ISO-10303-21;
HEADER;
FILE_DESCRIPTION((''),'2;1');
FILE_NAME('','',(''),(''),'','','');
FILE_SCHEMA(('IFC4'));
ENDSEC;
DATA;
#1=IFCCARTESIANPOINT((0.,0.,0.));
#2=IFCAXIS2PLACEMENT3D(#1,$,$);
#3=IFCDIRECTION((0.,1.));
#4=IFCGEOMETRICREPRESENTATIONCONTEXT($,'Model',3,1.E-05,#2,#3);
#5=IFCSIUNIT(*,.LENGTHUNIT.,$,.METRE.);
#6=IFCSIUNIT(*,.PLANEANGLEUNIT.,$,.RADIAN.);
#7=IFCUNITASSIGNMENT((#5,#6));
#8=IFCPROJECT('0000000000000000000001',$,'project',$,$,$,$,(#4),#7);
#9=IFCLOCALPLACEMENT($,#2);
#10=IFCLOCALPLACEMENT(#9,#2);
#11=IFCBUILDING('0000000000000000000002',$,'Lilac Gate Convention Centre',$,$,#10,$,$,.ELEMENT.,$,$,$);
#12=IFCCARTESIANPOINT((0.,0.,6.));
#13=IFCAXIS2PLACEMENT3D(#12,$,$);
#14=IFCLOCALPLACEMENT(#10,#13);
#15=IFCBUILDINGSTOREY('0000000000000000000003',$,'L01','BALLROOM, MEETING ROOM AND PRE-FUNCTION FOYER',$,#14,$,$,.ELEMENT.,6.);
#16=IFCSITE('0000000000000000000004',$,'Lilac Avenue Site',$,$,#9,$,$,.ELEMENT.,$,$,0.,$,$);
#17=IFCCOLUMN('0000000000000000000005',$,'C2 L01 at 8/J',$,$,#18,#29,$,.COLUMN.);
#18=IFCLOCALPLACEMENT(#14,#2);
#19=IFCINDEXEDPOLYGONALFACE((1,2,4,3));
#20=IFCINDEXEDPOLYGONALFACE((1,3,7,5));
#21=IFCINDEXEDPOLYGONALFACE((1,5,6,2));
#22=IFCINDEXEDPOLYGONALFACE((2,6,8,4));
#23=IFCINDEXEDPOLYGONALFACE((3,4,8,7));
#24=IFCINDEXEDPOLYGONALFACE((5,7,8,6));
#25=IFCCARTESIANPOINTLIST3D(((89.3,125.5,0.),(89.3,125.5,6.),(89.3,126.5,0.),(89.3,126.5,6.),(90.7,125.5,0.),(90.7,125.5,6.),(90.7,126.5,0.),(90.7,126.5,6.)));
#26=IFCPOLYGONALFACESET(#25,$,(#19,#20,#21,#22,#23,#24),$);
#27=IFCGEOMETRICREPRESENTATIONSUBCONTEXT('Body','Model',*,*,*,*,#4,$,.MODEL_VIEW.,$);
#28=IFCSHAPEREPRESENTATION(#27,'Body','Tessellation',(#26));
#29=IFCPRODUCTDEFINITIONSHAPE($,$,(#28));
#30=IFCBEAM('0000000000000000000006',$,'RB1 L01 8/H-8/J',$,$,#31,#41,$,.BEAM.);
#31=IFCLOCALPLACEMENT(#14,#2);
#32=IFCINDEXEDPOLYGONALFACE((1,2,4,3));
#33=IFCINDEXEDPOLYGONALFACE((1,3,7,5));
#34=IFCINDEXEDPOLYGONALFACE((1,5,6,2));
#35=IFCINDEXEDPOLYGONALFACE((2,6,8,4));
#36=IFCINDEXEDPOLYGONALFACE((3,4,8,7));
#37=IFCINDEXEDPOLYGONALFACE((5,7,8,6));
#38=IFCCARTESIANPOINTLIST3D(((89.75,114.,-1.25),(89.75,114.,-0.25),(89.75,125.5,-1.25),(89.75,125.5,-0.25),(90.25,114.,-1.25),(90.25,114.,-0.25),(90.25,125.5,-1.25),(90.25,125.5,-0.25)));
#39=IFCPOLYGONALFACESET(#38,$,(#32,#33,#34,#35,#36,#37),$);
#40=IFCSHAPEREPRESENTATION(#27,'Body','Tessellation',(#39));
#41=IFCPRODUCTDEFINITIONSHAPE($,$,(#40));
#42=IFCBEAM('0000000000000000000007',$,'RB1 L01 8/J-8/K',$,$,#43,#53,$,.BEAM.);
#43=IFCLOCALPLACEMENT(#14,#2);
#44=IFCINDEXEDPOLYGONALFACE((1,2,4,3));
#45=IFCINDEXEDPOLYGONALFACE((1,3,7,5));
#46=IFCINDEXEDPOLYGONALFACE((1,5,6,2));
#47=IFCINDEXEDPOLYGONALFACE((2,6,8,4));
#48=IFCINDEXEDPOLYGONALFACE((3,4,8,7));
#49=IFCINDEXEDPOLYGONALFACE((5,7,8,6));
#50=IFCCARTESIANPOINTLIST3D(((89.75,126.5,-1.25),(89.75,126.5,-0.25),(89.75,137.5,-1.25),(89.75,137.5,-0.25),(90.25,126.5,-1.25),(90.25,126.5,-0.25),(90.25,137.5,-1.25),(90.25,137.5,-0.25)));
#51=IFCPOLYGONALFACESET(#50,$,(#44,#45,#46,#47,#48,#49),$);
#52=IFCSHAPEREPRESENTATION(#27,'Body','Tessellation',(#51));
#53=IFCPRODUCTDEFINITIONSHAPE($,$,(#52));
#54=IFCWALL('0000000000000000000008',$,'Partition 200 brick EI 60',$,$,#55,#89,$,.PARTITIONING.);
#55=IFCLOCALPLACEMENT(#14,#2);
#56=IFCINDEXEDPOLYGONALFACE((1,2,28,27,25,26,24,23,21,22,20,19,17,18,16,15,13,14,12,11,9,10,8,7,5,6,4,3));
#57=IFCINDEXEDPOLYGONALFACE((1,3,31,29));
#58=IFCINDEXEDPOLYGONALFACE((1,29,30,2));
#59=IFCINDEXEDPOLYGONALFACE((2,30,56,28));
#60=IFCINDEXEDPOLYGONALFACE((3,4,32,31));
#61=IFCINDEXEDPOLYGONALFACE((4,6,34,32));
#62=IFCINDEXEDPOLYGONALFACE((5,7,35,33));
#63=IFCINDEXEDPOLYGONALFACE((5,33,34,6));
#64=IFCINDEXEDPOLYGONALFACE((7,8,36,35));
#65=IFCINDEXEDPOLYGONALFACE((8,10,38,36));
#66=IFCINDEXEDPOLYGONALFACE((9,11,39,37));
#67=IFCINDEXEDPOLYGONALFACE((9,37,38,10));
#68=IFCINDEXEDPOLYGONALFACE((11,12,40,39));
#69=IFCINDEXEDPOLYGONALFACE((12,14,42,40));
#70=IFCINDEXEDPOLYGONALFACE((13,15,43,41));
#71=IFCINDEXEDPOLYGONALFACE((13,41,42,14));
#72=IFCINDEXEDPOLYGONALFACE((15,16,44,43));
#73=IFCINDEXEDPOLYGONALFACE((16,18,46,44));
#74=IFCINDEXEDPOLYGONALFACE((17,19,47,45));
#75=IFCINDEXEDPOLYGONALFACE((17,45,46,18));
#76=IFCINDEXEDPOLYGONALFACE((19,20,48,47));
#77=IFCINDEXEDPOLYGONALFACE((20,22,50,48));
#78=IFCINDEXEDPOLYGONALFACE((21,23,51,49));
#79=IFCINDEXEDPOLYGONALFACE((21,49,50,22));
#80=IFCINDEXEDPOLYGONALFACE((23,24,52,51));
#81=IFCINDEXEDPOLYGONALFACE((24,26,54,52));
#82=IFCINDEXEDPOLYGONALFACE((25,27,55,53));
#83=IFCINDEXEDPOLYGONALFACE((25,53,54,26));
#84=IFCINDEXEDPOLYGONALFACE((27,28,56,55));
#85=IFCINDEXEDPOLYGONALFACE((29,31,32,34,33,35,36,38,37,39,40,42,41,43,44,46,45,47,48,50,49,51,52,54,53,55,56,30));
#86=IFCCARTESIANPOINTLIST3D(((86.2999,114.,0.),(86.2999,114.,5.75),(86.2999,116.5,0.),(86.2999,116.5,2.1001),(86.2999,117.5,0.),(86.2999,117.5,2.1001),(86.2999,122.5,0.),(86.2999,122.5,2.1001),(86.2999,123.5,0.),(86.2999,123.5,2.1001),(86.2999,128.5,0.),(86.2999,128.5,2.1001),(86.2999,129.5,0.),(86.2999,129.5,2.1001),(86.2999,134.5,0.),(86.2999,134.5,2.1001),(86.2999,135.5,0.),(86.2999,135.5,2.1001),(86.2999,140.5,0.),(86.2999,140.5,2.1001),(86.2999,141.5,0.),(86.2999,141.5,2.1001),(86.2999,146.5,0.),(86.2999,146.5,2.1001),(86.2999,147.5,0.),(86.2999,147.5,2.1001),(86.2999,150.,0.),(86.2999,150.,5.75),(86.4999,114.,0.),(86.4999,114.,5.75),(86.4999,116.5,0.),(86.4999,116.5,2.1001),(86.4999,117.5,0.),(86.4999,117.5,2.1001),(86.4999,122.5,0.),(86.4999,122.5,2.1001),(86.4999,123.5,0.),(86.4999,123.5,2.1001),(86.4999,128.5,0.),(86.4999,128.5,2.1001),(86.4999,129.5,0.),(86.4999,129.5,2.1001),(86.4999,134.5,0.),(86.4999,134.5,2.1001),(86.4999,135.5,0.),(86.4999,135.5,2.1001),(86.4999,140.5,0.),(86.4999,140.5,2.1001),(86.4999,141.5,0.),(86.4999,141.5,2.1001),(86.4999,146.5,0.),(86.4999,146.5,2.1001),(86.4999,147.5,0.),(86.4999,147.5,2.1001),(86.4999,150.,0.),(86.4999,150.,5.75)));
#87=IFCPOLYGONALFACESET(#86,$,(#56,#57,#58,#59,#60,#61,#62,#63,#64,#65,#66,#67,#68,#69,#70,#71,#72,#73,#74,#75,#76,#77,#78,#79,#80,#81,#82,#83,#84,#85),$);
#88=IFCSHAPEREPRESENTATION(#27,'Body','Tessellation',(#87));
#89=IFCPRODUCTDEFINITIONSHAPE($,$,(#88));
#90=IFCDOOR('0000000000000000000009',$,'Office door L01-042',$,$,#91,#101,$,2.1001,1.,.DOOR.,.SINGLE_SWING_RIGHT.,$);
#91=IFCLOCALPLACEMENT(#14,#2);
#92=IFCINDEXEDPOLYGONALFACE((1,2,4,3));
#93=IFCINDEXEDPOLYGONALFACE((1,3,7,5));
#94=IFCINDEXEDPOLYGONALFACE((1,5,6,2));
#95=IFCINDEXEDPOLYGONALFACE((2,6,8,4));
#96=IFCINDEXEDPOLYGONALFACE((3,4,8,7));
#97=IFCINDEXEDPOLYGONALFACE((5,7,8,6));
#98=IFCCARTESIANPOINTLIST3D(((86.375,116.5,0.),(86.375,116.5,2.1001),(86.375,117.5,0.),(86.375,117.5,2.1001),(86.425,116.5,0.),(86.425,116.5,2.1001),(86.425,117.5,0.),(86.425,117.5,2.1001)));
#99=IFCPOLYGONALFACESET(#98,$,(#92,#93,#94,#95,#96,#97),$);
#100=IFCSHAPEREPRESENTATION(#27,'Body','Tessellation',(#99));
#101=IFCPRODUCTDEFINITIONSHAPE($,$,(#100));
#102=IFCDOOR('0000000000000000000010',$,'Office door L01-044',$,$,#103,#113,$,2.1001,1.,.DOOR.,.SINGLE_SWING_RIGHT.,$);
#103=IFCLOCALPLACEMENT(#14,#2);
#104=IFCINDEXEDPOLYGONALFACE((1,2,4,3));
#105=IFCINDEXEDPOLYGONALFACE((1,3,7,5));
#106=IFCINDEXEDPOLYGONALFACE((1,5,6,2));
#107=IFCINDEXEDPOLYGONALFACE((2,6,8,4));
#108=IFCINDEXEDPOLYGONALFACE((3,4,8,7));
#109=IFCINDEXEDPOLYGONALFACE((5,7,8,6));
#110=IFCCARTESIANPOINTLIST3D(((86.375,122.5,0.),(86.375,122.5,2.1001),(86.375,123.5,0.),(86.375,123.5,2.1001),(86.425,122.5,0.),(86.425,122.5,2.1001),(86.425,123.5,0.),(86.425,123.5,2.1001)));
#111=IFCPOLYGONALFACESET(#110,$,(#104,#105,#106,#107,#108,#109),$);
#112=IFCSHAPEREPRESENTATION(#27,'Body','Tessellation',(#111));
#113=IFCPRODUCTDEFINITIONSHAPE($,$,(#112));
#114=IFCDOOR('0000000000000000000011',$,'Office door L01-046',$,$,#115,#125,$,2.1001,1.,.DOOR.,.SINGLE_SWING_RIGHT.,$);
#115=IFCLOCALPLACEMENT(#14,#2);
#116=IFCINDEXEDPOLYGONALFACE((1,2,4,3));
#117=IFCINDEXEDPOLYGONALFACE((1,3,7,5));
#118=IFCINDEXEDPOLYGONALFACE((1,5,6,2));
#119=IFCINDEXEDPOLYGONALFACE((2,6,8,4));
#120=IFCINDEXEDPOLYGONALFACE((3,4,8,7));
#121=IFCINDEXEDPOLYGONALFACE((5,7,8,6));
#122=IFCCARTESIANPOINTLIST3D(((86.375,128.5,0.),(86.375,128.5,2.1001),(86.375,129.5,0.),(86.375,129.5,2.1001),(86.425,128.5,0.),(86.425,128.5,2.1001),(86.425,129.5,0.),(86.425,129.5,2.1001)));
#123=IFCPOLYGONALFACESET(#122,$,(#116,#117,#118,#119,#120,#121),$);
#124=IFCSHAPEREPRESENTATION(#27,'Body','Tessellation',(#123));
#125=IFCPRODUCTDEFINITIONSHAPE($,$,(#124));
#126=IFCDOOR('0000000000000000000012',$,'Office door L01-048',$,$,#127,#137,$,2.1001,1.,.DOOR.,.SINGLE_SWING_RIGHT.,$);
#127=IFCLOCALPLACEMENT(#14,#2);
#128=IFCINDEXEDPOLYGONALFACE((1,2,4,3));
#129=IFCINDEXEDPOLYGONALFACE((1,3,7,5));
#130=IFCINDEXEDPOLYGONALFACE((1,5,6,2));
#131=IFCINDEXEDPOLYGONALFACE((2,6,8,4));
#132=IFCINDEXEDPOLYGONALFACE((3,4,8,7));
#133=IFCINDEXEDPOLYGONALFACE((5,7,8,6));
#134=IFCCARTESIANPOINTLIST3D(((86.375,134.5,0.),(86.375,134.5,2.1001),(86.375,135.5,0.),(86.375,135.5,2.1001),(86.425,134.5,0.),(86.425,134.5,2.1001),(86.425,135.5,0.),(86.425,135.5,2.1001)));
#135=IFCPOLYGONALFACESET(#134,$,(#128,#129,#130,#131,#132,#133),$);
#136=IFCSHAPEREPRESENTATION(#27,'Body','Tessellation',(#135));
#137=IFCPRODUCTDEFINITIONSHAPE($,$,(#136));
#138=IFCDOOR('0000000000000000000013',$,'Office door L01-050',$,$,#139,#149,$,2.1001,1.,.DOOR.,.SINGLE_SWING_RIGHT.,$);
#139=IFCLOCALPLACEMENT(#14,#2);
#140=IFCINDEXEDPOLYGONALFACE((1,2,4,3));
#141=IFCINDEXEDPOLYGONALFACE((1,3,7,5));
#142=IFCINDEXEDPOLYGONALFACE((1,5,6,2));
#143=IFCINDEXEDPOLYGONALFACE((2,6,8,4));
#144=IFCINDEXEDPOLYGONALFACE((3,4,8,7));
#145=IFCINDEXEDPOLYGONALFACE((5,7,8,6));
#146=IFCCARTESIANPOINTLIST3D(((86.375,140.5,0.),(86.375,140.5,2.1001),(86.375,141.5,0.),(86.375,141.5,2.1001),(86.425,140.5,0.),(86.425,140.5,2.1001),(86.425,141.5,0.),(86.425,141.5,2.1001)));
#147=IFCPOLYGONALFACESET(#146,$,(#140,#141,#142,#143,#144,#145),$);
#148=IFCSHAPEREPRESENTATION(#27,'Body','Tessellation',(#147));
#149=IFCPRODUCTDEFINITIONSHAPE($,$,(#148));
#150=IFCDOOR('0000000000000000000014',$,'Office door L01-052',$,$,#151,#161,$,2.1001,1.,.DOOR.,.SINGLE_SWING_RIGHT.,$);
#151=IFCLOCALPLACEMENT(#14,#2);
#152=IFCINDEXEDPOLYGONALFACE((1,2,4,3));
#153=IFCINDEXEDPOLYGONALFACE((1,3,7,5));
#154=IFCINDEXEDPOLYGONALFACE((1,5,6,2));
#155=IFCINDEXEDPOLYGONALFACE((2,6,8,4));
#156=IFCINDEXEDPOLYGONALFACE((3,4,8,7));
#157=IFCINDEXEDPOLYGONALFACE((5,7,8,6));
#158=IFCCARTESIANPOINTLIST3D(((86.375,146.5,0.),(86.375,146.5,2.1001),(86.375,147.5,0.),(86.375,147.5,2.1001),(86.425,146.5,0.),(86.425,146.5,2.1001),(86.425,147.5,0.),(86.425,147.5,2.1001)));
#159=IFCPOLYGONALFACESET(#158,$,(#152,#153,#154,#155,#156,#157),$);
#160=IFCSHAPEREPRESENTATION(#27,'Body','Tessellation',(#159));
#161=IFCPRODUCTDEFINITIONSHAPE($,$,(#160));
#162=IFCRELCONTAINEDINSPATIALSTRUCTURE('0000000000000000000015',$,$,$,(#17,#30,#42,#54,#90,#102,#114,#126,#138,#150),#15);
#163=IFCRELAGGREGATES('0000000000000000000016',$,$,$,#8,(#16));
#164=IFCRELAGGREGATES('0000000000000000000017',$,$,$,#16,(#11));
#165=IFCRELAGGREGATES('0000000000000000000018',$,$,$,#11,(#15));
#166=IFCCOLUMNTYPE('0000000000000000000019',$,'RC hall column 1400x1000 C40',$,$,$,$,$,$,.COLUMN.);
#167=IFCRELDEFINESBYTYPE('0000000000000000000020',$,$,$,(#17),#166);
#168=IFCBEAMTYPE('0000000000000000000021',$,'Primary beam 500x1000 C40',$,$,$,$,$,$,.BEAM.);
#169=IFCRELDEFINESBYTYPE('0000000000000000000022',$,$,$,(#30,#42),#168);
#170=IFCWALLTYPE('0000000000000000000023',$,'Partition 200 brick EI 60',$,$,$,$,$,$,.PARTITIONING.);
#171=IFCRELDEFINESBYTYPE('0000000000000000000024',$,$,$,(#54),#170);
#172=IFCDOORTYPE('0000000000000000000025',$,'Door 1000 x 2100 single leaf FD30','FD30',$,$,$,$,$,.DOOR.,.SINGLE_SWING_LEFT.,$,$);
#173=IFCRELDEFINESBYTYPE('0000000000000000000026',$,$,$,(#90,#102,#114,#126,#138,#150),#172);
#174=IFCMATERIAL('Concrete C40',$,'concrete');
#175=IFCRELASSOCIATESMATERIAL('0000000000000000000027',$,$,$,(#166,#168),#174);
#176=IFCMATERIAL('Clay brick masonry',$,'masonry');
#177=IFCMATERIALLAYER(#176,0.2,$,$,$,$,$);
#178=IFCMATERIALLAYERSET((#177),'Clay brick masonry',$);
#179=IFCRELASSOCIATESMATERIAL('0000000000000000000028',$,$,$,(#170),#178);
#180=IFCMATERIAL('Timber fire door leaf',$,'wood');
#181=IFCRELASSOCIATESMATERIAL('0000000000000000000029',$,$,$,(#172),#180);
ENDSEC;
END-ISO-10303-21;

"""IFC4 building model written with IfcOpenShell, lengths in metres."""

from ifc_helpers import new_model, si_unit, direction, frame, frame_2d, origin, origin_2d, place, context, subcontext, project, spatial, rectangle, extrude, material, layer, layer_set, material_profile, profile_set, type_object, element, fill, save


model = new_model("IFC4")

# Units and contexts
model_context = context("Model", 3, precision=1e-05, world=origin(), true_north=direction((0.0, 1.0)))
body_context = subcontext(model_context, "Body", "Model", "MODEL_VIEW")
ifc_project = project(units=[si_unit("LENGTHUNIT", "METRE"), si_unit("PLANEANGLEUNIT", "RADIAN")], contexts=[model_context])

# Site, building, storey
site_placement = place(None, origin())
site = spatial("IfcSite", under=ifc_project, at=site_placement, Name="Lilac Avenue Site", CompositionType="ELEMENT", RefElevation=0.0)
building_placement = place(site_placement, origin())
building = spatial("IfcBuilding", under=site, at=building_placement, Name="Lilac Gate Convention Centre", CompositionType="ELEMENT")
storey_placement = place(building_placement, frame((0.0, 0.0, 6.0)))
storey = spatial("IfcBuildingStorey", under=building, at=storey_placement, Name="L01", Description="BALLROOM, MEETING ROOM AND PRE-FUNCTION FOYER", CompositionType="ELEMENT", Elevation=6.0)

# Column
ifc_material_1 = material(Name="Concrete C40", Category="concrete")
ifc_material_profile_1 = material_profile(ifc_material_1, rectangle(XDim=1.3999, YDim=1.0, at=origin_2d()), Name="RC 1400x1000")
ifc_profile_set_1 = profile_set([ifc_material_profile_1], Name="Concrete C40")
column_type = type_object("IfcColumnType", Name="RC hall column 1400x1000 C40", PredefinedType="COLUMN", material=ifc_profile_set_1)
column_placement = place(storey_placement, frame((90.0, 126.0, 0.0), z_axis=(0.0, 0.0, 1.0), x_axis=(1.0, 0.0, 0.0)))
element("IfcColumn", 1, at=column_placement, inside=storey, type_object=column_type, Name="C2 L01 at 8/J", PredefinedType="COLUMN", context=body_context, shape_type="SweptSolid", body=[
    extrude(rectangle(XDim=1.3999, YDim=1.0, at=origin_2d()), origin(), (0.0, 0.0, 1.0), 6.0),
])

# Beams
ifc_material_profile_2 = material_profile(ifc_material_1, rectangle(XDim=0.5, YDim=1.0, at=origin_2d()), Name="RC 500x1000")
ifc_profile_set_2 = profile_set([ifc_material_profile_2], Name="Concrete C40")
beam_type = type_object("IfcBeamType", Name="Primary beam 500x1000 C40", PredefinedType="BEAM", material=ifc_profile_set_2)
beam_1_placement = place(storey_placement, frame((90.0, 114.0, -0.75), z_axis=(0.0, 1.0, 0.0), x_axis=(-1.0, 0.0, 0.0)))
element("IfcBeam", 2, at=beam_1_placement, inside=storey, type_object=beam_type, Name="RB1 L01 8/H-8/J", PredefinedType="BEAM", context=body_context, shape_type="SweptSolid", body=[
    extrude(rectangle(XDim=0.5, YDim=1.0, at=origin_2d()), origin(), (0.0, 0.0, 1.0), 11.5),
])
beam_2_placement = place(storey_placement, frame((90.0, 126.5, -0.75), z_axis=(0.0, 1.0, 0.0), x_axis=(-1.0, 0.0, 0.0)))
element("IfcBeam", 3, at=beam_2_placement, inside=storey, type_object=beam_type, Name="RB1 L01 8/J-8/K", PredefinedType="BEAM", context=body_context, shape_type="SweptSolid", body=[
    extrude(rectangle(XDim=0.5, YDim=1.0, at=origin_2d()), origin(), (0.0, 0.0, 1.0), 11.0),
])

# Wall, openings, doors
ifc_material_2 = material(Name="Clay brick masonry", Category="masonry")
ifc_layer_1 = layer(ifc_material_2, 0.2)
ifc_layer_set_1 = layer_set([ifc_layer_1], Name="Clay brick masonry")
wall_type_1 = type_object("IfcWallType", Name="Partition 200 brick EI 60", PredefinedType="PARTITIONING", material=ifc_layer_set_1)
wall_1_placement = place(storey_placement, frame((86.3999, 114.0, 0.0), z_axis=(0.0, 0.0, 1.0), x_axis=(0.0, 1.0, 0.0)))
wall_1 = element("IfcWall", 4, at=wall_1_placement, inside=storey, type_object=wall_type_1, Name="Partition 200 brick EI 60", PredefinedType="PARTITIONING", context=body_context, shape_type="SweptSolid", body=[
    extrude(rectangle(XDim=36.0, YDim=0.2, at=frame_2d((18.0, 0.0))), origin(), (0.0, 0.0, 1.0), 5.75),
])
opening_1_placement = place(wall_1_placement, frame((2.5, 0.0, 0.0)))
opening_1 = element("IfcOpeningElement", 5, at=opening_1_placement, cuts=wall_1, PredefinedType="OPENING", context=body_context, shape_type="SweptSolid", body=[
    extrude(rectangle(XDim=1.0, YDim=2.1001, at=frame_2d((0.5, 1.05))), frame((0.0, 0.1099, 0.0), z_axis=(0.0, -1.0, 0.0), x_axis=(1.0, 0.0, 0.0)), (0.0, 0.0, 1.0), 0.22),
])
opening_2_placement = place(wall_1_placement, frame((8.5, 0.0, 0.0)))
opening_2 = element("IfcOpeningElement", 6, at=opening_2_placement, cuts=wall_1, PredefinedType="OPENING", context=body_context, shape_type="SweptSolid", body=[
    extrude(rectangle(XDim=1.0, YDim=2.1001, at=frame_2d((0.5, 1.05))), frame((0.0, 0.1099, 0.0), z_axis=(0.0, -1.0, 0.0), x_axis=(1.0, 0.0, 0.0)), (0.0, 0.0, 1.0), 0.22),
])
opening_3_placement = place(wall_1_placement, frame((14.5, 0.0, 0.0)))
opening_3 = element("IfcOpeningElement", 7, at=opening_3_placement, cuts=wall_1, PredefinedType="OPENING", context=body_context, shape_type="SweptSolid", body=[
    extrude(rectangle(XDim=1.0, YDim=2.1001, at=frame_2d((0.5, 1.05))), frame((0.0, 0.1099, 0.0), z_axis=(0.0, -1.0, 0.0), x_axis=(1.0, 0.0, 0.0)), (0.0, 0.0, 1.0), 0.22),
])
opening_4_placement = place(wall_1_placement, frame((20.5, 0.0, 0.0)))
opening_4 = element("IfcOpeningElement", 8, at=opening_4_placement, cuts=wall_1, PredefinedType="OPENING", context=body_context, shape_type="SweptSolid", body=[
    extrude(rectangle(XDim=1.0, YDim=2.1001, at=frame_2d((0.5, 1.05))), frame((0.0, 0.1099, 0.0), z_axis=(0.0, -1.0, 0.0), x_axis=(1.0, 0.0, 0.0)), (0.0, 0.0, 1.0), 0.22),
])
opening_5_placement = place(wall_1_placement, frame((26.5, 0.0, 0.0)))
opening_5 = element("IfcOpeningElement", 9, at=opening_5_placement, cuts=wall_1, PredefinedType="OPENING", context=body_context, shape_type="SweptSolid", body=[
    extrude(rectangle(XDim=1.0, YDim=2.1001, at=frame_2d((0.5, 1.05))), frame((0.0, 0.1099, 0.0), z_axis=(0.0, -1.0, 0.0), x_axis=(1.0, 0.0, 0.0)), (0.0, 0.0, 1.0), 0.22),
])
opening_6_placement = place(wall_1_placement, frame((32.5, 0.0, 0.0)))
opening_6 = element("IfcOpeningElement", 10, at=opening_6_placement, cuts=wall_1, PredefinedType="OPENING", context=body_context, shape_type="SweptSolid", body=[
    extrude(rectangle(XDim=1.0, YDim=2.1001, at=frame_2d((0.5, 1.05))), frame((0.0, 0.1099, 0.0), z_axis=(0.0, -1.0, 0.0), x_axis=(1.0, 0.0, 0.0)), (0.0, 0.0, 1.0), 0.22),
])
ifc_material_3 = material(Name="Timber fire door leaf", Category="wood")
door_type_1 = type_object("IfcDoorType", Name="Door 1000 x 2100 single leaf FD30", Description="FD30", OperationType="SINGLE_SWING_LEFT", PredefinedType="DOOR", material=ifc_material_3)
door_1_placement = place(opening_1_placement, origin())
door_1 = element("IfcDoor", 11, at=door_1_placement, inside=storey, type_object=door_type_1, Name="Office door L01-042", OperationType="SINGLE_SWING_RIGHT", OverallHeight=2.1001, OverallWidth=1.0, PredefinedType="DOOR", context=body_context, shape_type="SweptSolid", body=[
    extrude(rectangle(XDim=1.0, YDim=2.1001, at=frame_2d((0.5, 1.05))), frame((0.0, 0.0249, 0.0), z_axis=(0.0, -1.0, 0.0), x_axis=(1.0, 0.0, 0.0)), (0.0, 0.0, 1.0), 0.05),
])
fill(opening_1, door_1)
door_2_placement = place(opening_2_placement, origin())
door_2 = element("IfcDoor", 12, at=door_2_placement, inside=storey, type_object=door_type_1, Name="Office door L01-044", OperationType="SINGLE_SWING_RIGHT", OverallHeight=2.1001, OverallWidth=1.0, PredefinedType="DOOR", context=body_context, shape_type="SweptSolid", body=[
    extrude(rectangle(XDim=1.0, YDim=2.1001, at=frame_2d((0.5, 1.05))), frame((0.0, 0.0249, 0.0), z_axis=(0.0, -1.0, 0.0), x_axis=(1.0, 0.0, 0.0)), (0.0, 0.0, 1.0), 0.05),
])
fill(opening_2, door_2)
door_3_placement = place(opening_3_placement, origin())
door_3 = element("IfcDoor", 13, at=door_3_placement, inside=storey, type_object=door_type_1, Name="Office door L01-046", OperationType="SINGLE_SWING_RIGHT", OverallHeight=2.1001, OverallWidth=1.0, PredefinedType="DOOR", context=body_context, shape_type="SweptSolid", body=[
    extrude(rectangle(XDim=1.0, YDim=2.1001, at=frame_2d((0.5, 1.05))), frame((0.0, 0.0249, 0.0), z_axis=(0.0, -1.0, 0.0), x_axis=(1.0, 0.0, 0.0)), (0.0, 0.0, 1.0), 0.05),
])
fill(opening_3, door_3)
door_4_placement = place(opening_4_placement, origin())
door_4 = element("IfcDoor", 14, at=door_4_placement, inside=storey, type_object=door_type_1, Name="Office door L01-048", OperationType="SINGLE_SWING_RIGHT", OverallHeight=2.1001, OverallWidth=1.0, PredefinedType="DOOR", context=body_context, shape_type="SweptSolid", body=[
    extrude(rectangle(XDim=1.0, YDim=2.1001, at=frame_2d((0.5, 1.05))), frame((0.0, 0.0249, 0.0), z_axis=(0.0, -1.0, 0.0), x_axis=(1.0, 0.0, 0.0)), (0.0, 0.0, 1.0), 0.05),
])
fill(opening_4, door_4)
door_5_placement = place(opening_5_placement, origin())
door_5 = element("IfcDoor", 15, at=door_5_placement, inside=storey, type_object=door_type_1, Name="Office door L01-050", OperationType="SINGLE_SWING_RIGHT", OverallHeight=2.1001, OverallWidth=1.0, PredefinedType="DOOR", context=body_context, shape_type="SweptSolid", body=[
    extrude(rectangle(XDim=1.0, YDim=2.1001, at=frame_2d((0.5, 1.05))), frame((0.0, 0.0249, 0.0), z_axis=(0.0, -1.0, 0.0), x_axis=(1.0, 0.0, 0.0)), (0.0, 0.0, 1.0), 0.05),
])
fill(opening_5, door_5)
door_6_placement = place(opening_6_placement, origin())
door_6 = element("IfcDoor", 16, at=door_6_placement, inside=storey, type_object=door_type_1, Name="Office door L01-052", OperationType="SINGLE_SWING_RIGHT", OverallHeight=2.1001, OverallWidth=1.0, PredefinedType="DOOR", context=body_context, shape_type="SweptSolid", body=[
    extrude(rectangle(XDim=1.0, YDim=2.1001, at=frame_2d((0.5, 1.05))), frame((0.0, 0.0249, 0.0), z_axis=(0.0, -1.0, 0.0), x_axis=(1.0, 0.0, 0.0)), (0.0, 0.0, 1.0), 0.05),
])
fill(opening_6, door_6)

save(model, "model.ifc")
